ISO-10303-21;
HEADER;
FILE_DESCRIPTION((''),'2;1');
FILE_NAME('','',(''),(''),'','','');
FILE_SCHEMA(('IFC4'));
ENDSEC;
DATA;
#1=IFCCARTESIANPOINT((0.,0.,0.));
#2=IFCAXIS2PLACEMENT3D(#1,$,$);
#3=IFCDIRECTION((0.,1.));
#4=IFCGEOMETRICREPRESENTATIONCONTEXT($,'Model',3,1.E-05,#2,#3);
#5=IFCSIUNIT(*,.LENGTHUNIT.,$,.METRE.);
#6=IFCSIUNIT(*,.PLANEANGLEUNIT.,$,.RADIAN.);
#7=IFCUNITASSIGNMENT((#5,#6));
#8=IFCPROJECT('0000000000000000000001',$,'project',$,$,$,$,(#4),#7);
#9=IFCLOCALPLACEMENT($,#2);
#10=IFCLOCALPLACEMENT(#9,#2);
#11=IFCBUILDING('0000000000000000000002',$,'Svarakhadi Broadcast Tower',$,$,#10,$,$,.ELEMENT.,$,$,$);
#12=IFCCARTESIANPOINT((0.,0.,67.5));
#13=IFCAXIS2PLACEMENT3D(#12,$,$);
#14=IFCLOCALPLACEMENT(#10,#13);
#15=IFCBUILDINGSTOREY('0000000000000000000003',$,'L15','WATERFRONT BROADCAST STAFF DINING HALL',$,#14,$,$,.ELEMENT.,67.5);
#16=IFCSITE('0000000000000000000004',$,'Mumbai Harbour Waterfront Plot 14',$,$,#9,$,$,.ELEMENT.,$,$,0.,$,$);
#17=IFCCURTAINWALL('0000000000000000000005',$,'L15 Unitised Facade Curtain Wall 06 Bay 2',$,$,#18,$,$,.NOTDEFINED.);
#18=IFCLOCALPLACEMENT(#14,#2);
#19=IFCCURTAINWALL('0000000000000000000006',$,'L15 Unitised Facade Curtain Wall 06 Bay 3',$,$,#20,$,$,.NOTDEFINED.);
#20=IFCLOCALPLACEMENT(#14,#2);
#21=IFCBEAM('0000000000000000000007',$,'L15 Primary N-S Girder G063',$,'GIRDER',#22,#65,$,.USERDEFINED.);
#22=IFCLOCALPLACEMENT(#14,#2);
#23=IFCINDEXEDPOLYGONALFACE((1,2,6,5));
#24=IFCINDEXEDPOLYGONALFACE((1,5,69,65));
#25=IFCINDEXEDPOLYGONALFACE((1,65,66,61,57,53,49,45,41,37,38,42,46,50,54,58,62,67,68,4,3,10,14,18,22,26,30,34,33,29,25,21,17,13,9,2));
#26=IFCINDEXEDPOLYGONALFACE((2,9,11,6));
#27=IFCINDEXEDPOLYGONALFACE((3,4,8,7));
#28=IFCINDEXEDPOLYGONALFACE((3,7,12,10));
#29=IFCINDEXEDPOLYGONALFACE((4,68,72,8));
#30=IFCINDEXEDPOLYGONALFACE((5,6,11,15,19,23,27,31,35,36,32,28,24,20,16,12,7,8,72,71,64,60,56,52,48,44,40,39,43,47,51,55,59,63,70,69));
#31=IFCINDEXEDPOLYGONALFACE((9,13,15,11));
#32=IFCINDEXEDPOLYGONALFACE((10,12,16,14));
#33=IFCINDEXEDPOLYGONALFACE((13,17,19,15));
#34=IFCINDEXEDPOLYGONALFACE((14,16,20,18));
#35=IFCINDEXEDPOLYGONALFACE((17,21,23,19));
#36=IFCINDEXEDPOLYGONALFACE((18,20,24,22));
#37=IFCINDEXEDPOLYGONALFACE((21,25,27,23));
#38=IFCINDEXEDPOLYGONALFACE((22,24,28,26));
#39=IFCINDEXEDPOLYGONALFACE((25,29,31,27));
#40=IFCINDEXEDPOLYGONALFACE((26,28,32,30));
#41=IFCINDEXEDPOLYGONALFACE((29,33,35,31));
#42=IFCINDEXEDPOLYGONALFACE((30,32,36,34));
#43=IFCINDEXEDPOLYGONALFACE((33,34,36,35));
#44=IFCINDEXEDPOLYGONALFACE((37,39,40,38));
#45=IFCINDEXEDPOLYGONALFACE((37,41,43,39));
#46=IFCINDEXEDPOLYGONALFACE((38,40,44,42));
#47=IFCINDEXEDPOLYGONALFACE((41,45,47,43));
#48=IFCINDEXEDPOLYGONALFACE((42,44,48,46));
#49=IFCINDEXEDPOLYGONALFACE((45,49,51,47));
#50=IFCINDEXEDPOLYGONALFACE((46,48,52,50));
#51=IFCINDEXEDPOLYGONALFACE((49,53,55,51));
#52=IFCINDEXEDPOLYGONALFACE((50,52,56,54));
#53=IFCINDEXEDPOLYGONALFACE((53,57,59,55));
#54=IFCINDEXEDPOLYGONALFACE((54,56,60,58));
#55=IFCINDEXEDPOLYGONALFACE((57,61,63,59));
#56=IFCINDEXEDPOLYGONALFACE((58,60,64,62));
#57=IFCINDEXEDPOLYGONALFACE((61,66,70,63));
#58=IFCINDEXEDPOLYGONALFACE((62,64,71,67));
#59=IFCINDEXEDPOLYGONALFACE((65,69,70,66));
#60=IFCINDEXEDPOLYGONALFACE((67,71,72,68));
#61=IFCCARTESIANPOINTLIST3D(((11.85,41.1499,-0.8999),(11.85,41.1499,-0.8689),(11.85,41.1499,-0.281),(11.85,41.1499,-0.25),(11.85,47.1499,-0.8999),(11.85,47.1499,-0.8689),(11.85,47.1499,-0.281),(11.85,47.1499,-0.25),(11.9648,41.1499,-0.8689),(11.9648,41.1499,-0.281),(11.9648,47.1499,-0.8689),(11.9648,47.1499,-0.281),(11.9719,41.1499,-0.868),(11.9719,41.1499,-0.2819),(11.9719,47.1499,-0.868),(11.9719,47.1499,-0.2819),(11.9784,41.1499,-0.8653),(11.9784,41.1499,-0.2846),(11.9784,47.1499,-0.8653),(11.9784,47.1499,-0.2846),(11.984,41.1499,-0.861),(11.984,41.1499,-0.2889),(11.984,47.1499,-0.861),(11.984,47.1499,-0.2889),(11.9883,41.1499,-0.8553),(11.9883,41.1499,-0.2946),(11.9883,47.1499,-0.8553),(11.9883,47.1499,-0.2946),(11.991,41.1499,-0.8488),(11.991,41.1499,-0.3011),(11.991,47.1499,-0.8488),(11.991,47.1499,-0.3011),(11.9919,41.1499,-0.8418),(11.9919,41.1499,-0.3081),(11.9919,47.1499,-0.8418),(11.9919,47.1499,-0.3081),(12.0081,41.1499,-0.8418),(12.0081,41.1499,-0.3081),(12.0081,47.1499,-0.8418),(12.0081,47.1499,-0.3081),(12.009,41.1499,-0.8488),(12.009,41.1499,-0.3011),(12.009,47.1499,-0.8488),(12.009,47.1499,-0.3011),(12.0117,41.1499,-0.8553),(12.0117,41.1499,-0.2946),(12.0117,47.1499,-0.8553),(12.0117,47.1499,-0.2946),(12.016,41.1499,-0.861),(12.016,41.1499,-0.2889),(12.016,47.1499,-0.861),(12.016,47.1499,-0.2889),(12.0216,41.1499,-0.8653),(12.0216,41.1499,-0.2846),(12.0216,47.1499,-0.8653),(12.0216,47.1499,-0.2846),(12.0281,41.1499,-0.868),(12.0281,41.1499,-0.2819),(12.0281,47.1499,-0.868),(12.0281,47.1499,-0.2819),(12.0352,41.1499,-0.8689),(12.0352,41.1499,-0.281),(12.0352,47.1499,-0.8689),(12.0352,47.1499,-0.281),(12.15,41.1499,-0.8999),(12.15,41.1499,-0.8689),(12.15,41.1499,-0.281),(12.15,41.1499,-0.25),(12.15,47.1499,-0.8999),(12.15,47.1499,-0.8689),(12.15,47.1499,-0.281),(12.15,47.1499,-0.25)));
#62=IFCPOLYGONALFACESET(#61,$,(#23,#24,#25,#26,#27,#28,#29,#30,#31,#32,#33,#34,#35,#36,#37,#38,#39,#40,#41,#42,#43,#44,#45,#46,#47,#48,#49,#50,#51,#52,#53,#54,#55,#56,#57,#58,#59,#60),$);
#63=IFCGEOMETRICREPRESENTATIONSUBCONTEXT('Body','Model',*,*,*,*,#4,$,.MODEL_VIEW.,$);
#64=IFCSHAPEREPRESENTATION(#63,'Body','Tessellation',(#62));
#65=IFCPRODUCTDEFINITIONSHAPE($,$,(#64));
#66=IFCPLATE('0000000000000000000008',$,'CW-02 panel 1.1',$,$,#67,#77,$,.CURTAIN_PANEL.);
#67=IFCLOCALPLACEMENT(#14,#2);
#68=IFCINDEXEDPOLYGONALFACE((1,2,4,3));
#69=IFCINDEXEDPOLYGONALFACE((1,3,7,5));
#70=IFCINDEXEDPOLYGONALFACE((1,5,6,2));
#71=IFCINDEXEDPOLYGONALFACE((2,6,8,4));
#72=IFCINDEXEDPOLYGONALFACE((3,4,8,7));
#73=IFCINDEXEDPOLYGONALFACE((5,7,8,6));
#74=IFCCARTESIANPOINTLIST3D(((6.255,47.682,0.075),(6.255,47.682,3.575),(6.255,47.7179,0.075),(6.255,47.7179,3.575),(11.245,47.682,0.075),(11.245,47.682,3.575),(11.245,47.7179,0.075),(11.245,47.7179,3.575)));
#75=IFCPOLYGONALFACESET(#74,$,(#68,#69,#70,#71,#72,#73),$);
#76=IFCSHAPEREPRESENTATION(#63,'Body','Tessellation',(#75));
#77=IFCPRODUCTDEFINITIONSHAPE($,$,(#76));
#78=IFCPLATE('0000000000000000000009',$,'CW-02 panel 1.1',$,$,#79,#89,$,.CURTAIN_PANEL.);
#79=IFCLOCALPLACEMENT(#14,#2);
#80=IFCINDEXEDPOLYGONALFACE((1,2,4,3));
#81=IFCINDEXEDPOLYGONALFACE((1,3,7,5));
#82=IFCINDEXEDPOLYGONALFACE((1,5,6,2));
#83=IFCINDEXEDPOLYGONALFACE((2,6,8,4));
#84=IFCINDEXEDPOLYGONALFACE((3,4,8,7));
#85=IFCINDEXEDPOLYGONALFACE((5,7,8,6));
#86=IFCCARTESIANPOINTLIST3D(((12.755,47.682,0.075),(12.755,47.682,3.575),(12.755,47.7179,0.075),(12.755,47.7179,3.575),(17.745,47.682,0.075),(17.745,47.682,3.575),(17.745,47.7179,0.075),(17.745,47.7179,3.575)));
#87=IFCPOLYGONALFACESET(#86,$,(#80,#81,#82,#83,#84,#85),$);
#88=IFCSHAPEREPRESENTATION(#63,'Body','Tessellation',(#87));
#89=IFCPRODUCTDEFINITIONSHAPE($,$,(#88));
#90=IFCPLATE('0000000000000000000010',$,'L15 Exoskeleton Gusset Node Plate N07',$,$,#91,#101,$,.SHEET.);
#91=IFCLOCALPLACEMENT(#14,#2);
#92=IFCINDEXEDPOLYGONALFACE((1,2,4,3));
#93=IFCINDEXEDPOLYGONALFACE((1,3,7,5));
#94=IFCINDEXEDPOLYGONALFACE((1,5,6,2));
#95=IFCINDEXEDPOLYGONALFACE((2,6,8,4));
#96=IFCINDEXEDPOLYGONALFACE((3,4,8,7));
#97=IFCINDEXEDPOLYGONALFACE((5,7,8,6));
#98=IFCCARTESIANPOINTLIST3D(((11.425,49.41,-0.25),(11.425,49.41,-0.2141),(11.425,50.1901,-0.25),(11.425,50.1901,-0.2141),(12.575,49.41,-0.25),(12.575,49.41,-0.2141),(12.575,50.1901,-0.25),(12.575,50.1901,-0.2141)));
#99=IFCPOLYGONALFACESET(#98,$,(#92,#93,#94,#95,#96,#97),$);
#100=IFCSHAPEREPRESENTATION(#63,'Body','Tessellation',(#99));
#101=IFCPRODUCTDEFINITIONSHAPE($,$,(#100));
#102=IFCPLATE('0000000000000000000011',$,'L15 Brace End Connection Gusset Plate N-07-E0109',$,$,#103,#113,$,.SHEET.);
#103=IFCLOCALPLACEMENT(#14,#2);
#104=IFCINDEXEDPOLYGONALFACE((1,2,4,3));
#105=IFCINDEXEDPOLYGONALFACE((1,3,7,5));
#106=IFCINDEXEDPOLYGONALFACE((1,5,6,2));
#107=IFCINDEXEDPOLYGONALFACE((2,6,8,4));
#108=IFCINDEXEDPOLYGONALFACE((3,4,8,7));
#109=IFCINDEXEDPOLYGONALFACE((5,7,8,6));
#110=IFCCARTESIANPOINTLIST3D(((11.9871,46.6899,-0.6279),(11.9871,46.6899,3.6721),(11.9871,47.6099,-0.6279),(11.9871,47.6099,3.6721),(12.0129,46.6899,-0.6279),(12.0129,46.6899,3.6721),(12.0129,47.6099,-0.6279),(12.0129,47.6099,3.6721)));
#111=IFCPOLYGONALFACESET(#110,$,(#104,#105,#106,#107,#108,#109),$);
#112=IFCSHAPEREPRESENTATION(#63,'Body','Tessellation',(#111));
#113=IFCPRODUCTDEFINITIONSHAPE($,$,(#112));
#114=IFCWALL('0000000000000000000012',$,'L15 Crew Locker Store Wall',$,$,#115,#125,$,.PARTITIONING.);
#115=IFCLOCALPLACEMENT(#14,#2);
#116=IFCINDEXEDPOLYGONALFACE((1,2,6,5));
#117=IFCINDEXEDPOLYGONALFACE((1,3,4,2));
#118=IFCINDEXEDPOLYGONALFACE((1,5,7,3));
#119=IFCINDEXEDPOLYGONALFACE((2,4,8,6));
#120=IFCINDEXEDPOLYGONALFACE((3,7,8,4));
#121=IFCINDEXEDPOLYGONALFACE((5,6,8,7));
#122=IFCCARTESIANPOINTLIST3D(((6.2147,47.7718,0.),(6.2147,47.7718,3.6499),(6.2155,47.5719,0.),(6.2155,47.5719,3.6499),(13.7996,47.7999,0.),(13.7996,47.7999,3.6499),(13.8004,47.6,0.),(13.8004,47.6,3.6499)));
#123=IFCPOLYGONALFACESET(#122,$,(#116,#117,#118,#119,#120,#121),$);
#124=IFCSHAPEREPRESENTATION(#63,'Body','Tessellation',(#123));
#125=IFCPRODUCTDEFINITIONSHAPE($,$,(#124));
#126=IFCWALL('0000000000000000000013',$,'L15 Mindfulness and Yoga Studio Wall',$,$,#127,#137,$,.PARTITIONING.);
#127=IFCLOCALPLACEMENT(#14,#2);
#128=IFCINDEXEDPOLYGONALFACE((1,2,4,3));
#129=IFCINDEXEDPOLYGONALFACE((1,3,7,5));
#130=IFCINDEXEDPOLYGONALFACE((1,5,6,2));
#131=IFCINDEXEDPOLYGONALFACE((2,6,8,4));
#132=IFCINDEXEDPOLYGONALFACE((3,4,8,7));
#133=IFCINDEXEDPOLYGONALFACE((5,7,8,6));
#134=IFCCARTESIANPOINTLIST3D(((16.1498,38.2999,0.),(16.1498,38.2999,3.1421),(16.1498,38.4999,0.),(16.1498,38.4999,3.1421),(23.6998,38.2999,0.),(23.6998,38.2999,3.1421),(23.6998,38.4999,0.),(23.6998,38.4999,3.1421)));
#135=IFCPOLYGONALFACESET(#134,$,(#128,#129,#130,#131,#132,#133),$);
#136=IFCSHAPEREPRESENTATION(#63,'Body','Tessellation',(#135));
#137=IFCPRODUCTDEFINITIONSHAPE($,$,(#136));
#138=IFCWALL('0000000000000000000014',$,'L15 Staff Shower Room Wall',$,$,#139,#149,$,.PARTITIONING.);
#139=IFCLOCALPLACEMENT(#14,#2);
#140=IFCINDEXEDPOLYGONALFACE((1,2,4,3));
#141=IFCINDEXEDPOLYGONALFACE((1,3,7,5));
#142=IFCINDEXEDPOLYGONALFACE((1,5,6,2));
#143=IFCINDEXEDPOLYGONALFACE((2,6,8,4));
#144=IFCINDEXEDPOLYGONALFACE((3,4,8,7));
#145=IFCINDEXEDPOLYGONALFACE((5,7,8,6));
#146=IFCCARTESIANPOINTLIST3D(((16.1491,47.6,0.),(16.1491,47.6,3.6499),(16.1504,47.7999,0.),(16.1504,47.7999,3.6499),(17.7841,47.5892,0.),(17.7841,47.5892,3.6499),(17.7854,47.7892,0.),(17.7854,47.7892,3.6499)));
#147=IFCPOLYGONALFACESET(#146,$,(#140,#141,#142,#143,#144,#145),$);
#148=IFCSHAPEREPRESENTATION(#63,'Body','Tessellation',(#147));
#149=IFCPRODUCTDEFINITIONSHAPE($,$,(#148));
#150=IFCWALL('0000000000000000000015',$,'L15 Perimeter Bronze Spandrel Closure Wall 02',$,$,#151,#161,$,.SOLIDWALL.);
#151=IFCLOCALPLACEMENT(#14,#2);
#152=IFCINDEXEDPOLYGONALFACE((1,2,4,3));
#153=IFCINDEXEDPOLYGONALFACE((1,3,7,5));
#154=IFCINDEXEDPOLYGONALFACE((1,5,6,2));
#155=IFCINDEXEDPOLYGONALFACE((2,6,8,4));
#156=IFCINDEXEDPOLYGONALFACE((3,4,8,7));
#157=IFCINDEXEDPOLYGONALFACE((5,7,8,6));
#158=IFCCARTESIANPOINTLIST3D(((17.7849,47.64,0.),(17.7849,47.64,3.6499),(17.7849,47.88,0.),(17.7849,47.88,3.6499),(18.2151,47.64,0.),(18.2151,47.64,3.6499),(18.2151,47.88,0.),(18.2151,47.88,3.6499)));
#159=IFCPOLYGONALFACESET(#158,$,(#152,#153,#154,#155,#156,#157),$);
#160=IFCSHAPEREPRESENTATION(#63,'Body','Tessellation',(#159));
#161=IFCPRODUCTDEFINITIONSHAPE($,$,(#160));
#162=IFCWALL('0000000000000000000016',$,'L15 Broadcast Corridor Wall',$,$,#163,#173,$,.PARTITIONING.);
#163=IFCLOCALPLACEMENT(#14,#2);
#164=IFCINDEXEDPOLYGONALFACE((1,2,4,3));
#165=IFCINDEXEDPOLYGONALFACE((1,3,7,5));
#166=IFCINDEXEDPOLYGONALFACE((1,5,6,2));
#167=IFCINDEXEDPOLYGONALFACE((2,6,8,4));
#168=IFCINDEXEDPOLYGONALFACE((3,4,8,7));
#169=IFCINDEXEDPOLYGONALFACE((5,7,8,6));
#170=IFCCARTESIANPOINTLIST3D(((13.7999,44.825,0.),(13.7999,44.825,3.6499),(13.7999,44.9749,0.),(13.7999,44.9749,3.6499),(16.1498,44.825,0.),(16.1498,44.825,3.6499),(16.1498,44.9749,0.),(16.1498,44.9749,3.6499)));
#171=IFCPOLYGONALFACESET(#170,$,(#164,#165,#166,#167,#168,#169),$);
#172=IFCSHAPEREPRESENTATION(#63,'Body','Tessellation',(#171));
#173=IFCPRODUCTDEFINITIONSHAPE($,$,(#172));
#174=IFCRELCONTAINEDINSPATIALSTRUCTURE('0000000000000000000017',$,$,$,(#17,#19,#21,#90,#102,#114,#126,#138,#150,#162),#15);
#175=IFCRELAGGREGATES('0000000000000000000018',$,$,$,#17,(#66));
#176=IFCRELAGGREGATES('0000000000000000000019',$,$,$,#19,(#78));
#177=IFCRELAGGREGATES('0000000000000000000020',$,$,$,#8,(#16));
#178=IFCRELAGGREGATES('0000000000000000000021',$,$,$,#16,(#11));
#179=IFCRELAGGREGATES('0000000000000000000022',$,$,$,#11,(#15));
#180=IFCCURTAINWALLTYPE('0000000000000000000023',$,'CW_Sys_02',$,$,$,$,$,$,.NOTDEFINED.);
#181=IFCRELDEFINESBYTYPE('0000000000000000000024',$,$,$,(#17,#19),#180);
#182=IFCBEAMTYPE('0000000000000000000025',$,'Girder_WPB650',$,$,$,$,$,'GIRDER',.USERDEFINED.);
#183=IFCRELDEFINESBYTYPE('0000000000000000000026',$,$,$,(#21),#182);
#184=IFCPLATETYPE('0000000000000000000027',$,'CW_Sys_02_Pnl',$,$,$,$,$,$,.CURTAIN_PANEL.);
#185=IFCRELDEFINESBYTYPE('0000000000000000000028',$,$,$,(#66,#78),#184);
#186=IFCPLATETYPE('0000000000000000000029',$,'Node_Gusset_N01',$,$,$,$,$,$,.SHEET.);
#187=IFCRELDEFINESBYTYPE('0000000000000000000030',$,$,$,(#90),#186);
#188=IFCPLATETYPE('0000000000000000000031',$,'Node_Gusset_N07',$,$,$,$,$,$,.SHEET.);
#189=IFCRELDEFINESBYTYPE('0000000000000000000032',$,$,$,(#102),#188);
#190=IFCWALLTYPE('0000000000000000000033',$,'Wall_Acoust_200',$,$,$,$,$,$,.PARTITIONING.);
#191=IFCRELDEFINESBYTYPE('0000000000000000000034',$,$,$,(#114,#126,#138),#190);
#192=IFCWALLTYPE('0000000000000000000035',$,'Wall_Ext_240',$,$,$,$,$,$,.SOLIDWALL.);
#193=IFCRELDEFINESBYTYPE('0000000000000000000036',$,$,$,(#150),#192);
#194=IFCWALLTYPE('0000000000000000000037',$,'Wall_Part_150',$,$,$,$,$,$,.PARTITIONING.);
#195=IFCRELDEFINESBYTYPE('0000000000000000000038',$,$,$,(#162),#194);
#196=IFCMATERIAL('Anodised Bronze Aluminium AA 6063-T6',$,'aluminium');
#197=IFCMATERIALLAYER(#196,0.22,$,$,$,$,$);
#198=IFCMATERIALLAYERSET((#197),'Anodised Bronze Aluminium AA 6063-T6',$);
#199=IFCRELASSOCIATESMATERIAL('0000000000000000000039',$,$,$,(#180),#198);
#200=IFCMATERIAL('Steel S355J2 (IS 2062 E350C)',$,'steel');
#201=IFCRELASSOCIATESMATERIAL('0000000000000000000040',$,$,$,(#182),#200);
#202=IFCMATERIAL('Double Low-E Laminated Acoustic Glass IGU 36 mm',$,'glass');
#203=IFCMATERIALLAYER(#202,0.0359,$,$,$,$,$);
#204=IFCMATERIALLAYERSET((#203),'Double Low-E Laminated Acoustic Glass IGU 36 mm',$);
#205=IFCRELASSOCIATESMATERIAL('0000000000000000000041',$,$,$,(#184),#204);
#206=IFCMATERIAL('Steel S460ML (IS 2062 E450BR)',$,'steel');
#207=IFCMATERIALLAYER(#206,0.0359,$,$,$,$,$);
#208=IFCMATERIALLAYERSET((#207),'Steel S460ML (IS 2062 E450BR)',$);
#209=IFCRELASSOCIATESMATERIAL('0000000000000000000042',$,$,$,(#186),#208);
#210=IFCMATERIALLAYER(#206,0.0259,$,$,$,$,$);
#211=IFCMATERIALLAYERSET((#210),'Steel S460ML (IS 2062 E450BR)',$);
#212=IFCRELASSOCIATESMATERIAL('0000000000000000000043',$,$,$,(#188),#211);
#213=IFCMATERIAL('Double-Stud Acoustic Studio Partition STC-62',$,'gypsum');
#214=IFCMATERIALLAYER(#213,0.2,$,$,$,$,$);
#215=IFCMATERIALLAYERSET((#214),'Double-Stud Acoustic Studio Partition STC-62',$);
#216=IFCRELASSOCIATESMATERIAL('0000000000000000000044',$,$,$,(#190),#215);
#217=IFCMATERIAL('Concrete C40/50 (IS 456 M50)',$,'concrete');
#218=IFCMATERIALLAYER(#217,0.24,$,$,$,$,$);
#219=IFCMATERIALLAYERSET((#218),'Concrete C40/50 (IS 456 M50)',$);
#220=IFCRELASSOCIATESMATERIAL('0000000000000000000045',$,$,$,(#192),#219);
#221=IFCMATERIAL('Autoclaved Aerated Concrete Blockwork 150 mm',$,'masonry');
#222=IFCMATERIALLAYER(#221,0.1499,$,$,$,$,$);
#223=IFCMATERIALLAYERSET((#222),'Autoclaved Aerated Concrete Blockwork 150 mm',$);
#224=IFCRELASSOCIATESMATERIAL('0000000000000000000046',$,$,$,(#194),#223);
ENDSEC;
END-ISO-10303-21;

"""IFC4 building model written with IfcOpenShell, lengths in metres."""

from ifc_helpers import new_model, si_unit, direction, frame, frame_2d, origin, origin_2d, place, context, subcontext, project, spatial, rectangle, i_section, extrude, material, layer, layer_set, material_profile, profile_set, type_object, element, aggregate, save


model = new_model("IFC4")

# Units and contexts
model_context = context("Model", 3, precision=1e-05, world=origin(), true_north=direction((0.0, 1.0)))
body_context = subcontext(model_context, "Body", "Model", "MODEL_VIEW")
ifc_project = project(units=[si_unit("LENGTHUNIT", "METRE"), si_unit("PLANEANGLEUNIT", "RADIAN")], contexts=[model_context])

# Site, building, storey
site_placement = place(None, origin())
site = spatial("IfcSite", under=ifc_project, at=site_placement, Name="Mumbai Harbour Waterfront Plot 14", CompositionType="ELEMENT", RefElevation=0.0)
building_placement = place(site_placement, origin())
building = spatial("IfcBuilding", under=site, at=building_placement, Name="Svarakhadi Broadcast Tower", CompositionType="ELEMENT")
storey_placement = place(building_placement, frame((0.0, 0.0, 67.5)))
storey = spatial("IfcBuildingStorey", under=building, at=storey_placement, Name="L15", Description="WATERFRONT BROADCAST STAFF DINING HALL", CompositionType="ELEMENT", Elevation=67.5)

# Shared definitions
ifc_material_1 = material(Name="Steel S460ML (IS 2062 E450BR)", Category="steel")

# Shared definitions
ifc_material_2 = material(Name="Steel S355J2 (IS 2062 E350C)", Category="steel")

# Curtain walls
ifc_material_3 = material(Name="Anodised Bronze Aluminium AA 6063-T6", Category="aluminium")
ifc_layer_1 = layer(ifc_material_3, 0.22)
ifc_layer_set_1 = layer_set([ifc_layer_1], Name="Anodised Bronze Aluminium AA 6063-T6")
curtain_wall_type = type_object("IfcCurtainWallType", Name="CW_Sys_02", PredefinedType="NOTDEFINED", material=ifc_layer_set_1)
curtain_wall_1_placement = place(storey_placement, origin())
curtain_wall_1 = element("IfcCurtainWall", 1, at=curtain_wall_1_placement, inside=storey, type_object=curtain_wall_type, Name="L15 Unitised Facade Curtain Wall 06 Bay 2", PredefinedType="NOTDEFINED")
curtain_wall_2_placement = place(storey_placement, origin())
curtain_wall_2 = element("IfcCurtainWall", 2, at=curtain_wall_2_placement, inside=storey, type_object=curtain_wall_type, Name="L15 Unitised Facade Curtain Wall 06 Bay 3", PredefinedType="NOTDEFINED")

# Beam
ifc_material_profile_1 = material_profile(ifc_material_2, i_section(OverallWidth=0.3, OverallDepth=0.6499, WebThickness=0.0161, FlangeThickness=0.031, FilletRadius=0.0271, at=origin_2d()), Name="WPB 650x300x225")
ifc_profile_set_1 = profile_set([ifc_material_profile_1], Name="Steel S355J2 (IS 2062 E350C)")
beam_type_1 = type_object("IfcBeamType", Name="Girder_WPB650", ElementType="GIRDER", PredefinedType="USERDEFINED", material=ifc_profile_set_1)
for number, where, z_axis, x_axis, name in (
    (3, (12.0, 41.1499, -0.575), (0.0, 1.0, 0.0), (-1.0, 0.0, 0.0), "L15 Primary N-S Girder G063"),
):
    element("IfcBeam", number, at=place(storey_placement, frame(where, z_axis=z_axis, x_axis=x_axis)), inside=storey, type_object=beam_type_1, Name=name, ObjectType="GIRDER", PredefinedType="USERDEFINED", context=body_context, shape_type="SweptSolid", body=[
        extrude(i_section(OverallWidth=0.3, OverallDepth=0.6499, WebThickness=0.0161, FlangeThickness=0.031, FilletRadius=0.0271, at=origin_2d()), origin(), (0.0, 0.0, 1.0), 6.0),
    ])

# Plates
ifc_material_4 = material(Name="Double Low-E Laminated Acoustic Glass IGU 36 mm", Category="glass")
ifc_layer_2 = layer(ifc_material_4, 0.0359)
ifc_layer_set_2 = layer_set([ifc_layer_2], Name="Double Low-E Laminated Acoustic Glass IGU 36 mm")
plate_type_1 = type_object("IfcPlateType", Name="CW_Sys_02_Pnl", PredefinedType="CURTAIN_PANEL", material=ifc_layer_set_2)
plate_1_placement = place(storey_placement, frame((8.75, 47.7, 0.075), z_axis=(0.0, 0.0, 1.0), x_axis=(1.0, 0.0, 0.0)))
plate_1 = element("IfcPlate", 4, at=plate_1_placement, type_object=plate_type_1, Name="CW-02 panel 1.1", PredefinedType="CURTAIN_PANEL", context=body_context, shape_type="SweptSolid", body=[
    extrude(rectangle(XDim=4.99, YDim=0.0359, at=origin_2d()), origin(), (0.0, 0.0, 1.0), 3.5),
])
aggregate(curtain_wall_1, [plate_1])
plate_2_placement = place(storey_placement, frame((15.25, 47.7, 0.075), z_axis=(0.0, 0.0, 1.0), x_axis=(1.0, 0.0, 0.0)))
plate_2 = element("IfcPlate", 5, at=plate_2_placement, type_object=plate_type_1, Name="CW-02 panel 1.1", PredefinedType="CURTAIN_PANEL", context=body_context, shape_type="SweptSolid", body=[
    extrude(rectangle(XDim=4.99, YDim=0.0359, at=origin_2d()), origin(), (0.0, 0.0, 1.0), 3.5),
])
aggregate(curtain_wall_2, [plate_2])

# Plates
ifc_layer_3 = layer(ifc_material_1, 0.0359)
ifc_layer_set_3 = layer_set([ifc_layer_3], Name="Steel S460ML (IS 2062 E450BR)")
plate_type_2 = type_object("IfcPlateType", Name="Node_Gusset_N01", PredefinedType="SHEET", material=ifc_layer_set_3)
plate_3_placement = place(storey_placement, frame((12.0, 49.8, -0.25), z_axis=(0.0, 0.0, 1.0), x_axis=(1.0, 0.0, 0.0)))
element("IfcPlate", 6, at=plate_3_placement, inside=storey, type_object=plate_type_2, Name="L15 Exoskeleton Gusset Node Plate N07", PredefinedType="SHEET", context=body_context, shape_type="SweptSolid", body=[
    extrude(rectangle(XDim=1.1499, YDim=0.78, at=origin_2d()), origin(), (0.0, 0.0, 1.0), 0.0359),
])
ifc_layer_4 = layer(ifc_material_1, 0.0259)
ifc_layer_set_4 = layer_set([ifc_layer_4], Name="Steel S460ML (IS 2062 E450BR)")
plate_type_3 = type_object("IfcPlateType", Name="Node_Gusset_N07", PredefinedType="SHEET", material=ifc_layer_set_4)
plate_4_placement = place(storey_placement, frame((12.0, 47.1499, -0.6279), z_axis=(0.0, 0.0, 1.0), x_axis=(0.0, 1.0, 0.0)))
element("IfcPlate", 7, at=plate_4_placement, inside=storey, type_object=plate_type_3, Name="L15 Brace End Connection Gusset Plate N-07-E0109", PredefinedType="SHEET", context=body_context, shape_type="SweptSolid", body=[
    extrude(rectangle(XDim=0.9199, YDim=0.0259, at=origin_2d()), origin(), (0.0, 0.0, 1.0), 4.3),
])

# Walls
ifc_material_5 = material(Name="Double-Stud Acoustic Studio Partition STC-62", Category="gypsum")
ifc_layer_5 = layer(ifc_material_5, 0.2)
ifc_layer_set_5 = layer_set([ifc_layer_5], Name="Double-Stud Acoustic Studio Partition STC-62")
wall_type_1 = type_object("IfcWallType", Name="Wall_Acoust_200", PredefinedType="PARTITIONING", material=ifc_layer_set_5)
wall_1_placement = place(storey_placement, frame((6.2151, 47.6719, 0.0), z_axis=(0.0, 0.0, 1.0), x_axis=(0.999993, 0.003702, 0.0)))
element("IfcWall", 8, at=wall_1_placement, inside=storey, type_object=wall_type_1, Name="L15 Crew Locker Store Wall", PredefinedType="PARTITIONING", context=body_context, shape_type="SweptSolid", body=[
    extrude(rectangle(XDim=7.585, YDim=0.2, at=frame_2d((3.7925, 0.0))), origin(), (0.0, 0.0, 1.0), 3.6499),
])
wall_2_placement = place(storey_placement, frame((16.1499, 38.3999, 0.0), z_axis=(0.0, 0.0, 1.0), x_axis=(1.0, 0.0, 0.0)))
element("IfcWall", 9, at=wall_2_placement, inside=storey, type_object=wall_type_1, Name="L15 Mindfulness and Yoga Studio Wall", PredefinedType="PARTITIONING", context=body_context, shape_type="SweptSolid", body=[
    extrude(rectangle(XDim=7.55, YDim=0.2, at=frame_2d((3.7749, 0.0))), origin(), (0.0, 0.0, 1.0), 3.1421),
])
wall_3_placement = place(storey_placement, frame((16.1499, 47.7, 0.0), z_axis=(0.0, 0.0, 1.0), x_axis=(0.999978, -0.00657, 0.0)))
element("IfcWall", 10, at=wall_3_placement, inside=storey, type_object=wall_type_1, Name="L15 Staff Shower Room Wall", PredefinedType="PARTITIONING", context=body_context, shape_type="SweptSolid", body=[
    extrude(rectangle(XDim=1.635, YDim=0.2, at=frame_2d((0.8174, 0.0))), origin(), (0.0, 0.0, 1.0), 3.6499),
])
ifc_material_6 = material(Name="Concrete C40/50 (IS 456 M50)", Category="concrete")
ifc_layer_6 = layer(ifc_material_6, 0.24)
ifc_layer_set_6 = layer_set([ifc_layer_6], Name="Concrete C40/50 (IS 456 M50)")
wall_type_2 = type_object("IfcWallType", Name="Wall_Ext_240", PredefinedType="SOLIDWALL", material=ifc_layer_set_6)
wall_4_placement = place(storey_placement, frame((17.7849, 47.76, 0.0), z_axis=(0.0, 0.0, 1.0), x_axis=(1.0, 0.0, 0.0)))
element("IfcWall", 11, at=wall_4_placement, inside=storey, type_object=wall_type_2, Name="L15 Perimeter Bronze Spandrel Closure Wall 02", PredefinedType="SOLIDWALL", context=body_context, shape_type="SweptSolid", body=[
    extrude(rectangle(XDim=0.4302, YDim=0.24, at=frame_2d((0.2151, 0.0))), origin(), (0.0, 0.0, 1.0), 3.6499),
])
ifc_material_7 = material(Name="Autoclaved Aerated Concrete Blockwork 150 mm", Category="masonry")
ifc_layer_7 = layer(ifc_material_7, 0.1499)
ifc_layer_set_7 = layer_set([ifc_layer_7], Name="Autoclaved Aerated Concrete Blockwork 150 mm")
wall_type_3 = type_object("IfcWallType", Name="Wall_Part_150", PredefinedType="PARTITIONING", material=ifc_layer_set_7)
wall_5_placement = place(storey_placement, frame((13.8, 44.8999, 0.0), z_axis=(0.0, 0.0, 1.0), x_axis=(1.0, 0.0, 0.0)))
element("IfcWall", 12, at=wall_5_placement, inside=storey, type_object=wall_type_3, Name="L15 Broadcast Corridor Wall", PredefinedType="PARTITIONING", context=body_context, shape_type="SweptSolid", body=[
    extrude(rectangle(XDim=2.3499, YDim=0.1499, at=frame_2d((1.1748, 0.0))), origin(), (0.0, 0.0, 1.0), 3.6499),
])

save(model, "model.ifc")
